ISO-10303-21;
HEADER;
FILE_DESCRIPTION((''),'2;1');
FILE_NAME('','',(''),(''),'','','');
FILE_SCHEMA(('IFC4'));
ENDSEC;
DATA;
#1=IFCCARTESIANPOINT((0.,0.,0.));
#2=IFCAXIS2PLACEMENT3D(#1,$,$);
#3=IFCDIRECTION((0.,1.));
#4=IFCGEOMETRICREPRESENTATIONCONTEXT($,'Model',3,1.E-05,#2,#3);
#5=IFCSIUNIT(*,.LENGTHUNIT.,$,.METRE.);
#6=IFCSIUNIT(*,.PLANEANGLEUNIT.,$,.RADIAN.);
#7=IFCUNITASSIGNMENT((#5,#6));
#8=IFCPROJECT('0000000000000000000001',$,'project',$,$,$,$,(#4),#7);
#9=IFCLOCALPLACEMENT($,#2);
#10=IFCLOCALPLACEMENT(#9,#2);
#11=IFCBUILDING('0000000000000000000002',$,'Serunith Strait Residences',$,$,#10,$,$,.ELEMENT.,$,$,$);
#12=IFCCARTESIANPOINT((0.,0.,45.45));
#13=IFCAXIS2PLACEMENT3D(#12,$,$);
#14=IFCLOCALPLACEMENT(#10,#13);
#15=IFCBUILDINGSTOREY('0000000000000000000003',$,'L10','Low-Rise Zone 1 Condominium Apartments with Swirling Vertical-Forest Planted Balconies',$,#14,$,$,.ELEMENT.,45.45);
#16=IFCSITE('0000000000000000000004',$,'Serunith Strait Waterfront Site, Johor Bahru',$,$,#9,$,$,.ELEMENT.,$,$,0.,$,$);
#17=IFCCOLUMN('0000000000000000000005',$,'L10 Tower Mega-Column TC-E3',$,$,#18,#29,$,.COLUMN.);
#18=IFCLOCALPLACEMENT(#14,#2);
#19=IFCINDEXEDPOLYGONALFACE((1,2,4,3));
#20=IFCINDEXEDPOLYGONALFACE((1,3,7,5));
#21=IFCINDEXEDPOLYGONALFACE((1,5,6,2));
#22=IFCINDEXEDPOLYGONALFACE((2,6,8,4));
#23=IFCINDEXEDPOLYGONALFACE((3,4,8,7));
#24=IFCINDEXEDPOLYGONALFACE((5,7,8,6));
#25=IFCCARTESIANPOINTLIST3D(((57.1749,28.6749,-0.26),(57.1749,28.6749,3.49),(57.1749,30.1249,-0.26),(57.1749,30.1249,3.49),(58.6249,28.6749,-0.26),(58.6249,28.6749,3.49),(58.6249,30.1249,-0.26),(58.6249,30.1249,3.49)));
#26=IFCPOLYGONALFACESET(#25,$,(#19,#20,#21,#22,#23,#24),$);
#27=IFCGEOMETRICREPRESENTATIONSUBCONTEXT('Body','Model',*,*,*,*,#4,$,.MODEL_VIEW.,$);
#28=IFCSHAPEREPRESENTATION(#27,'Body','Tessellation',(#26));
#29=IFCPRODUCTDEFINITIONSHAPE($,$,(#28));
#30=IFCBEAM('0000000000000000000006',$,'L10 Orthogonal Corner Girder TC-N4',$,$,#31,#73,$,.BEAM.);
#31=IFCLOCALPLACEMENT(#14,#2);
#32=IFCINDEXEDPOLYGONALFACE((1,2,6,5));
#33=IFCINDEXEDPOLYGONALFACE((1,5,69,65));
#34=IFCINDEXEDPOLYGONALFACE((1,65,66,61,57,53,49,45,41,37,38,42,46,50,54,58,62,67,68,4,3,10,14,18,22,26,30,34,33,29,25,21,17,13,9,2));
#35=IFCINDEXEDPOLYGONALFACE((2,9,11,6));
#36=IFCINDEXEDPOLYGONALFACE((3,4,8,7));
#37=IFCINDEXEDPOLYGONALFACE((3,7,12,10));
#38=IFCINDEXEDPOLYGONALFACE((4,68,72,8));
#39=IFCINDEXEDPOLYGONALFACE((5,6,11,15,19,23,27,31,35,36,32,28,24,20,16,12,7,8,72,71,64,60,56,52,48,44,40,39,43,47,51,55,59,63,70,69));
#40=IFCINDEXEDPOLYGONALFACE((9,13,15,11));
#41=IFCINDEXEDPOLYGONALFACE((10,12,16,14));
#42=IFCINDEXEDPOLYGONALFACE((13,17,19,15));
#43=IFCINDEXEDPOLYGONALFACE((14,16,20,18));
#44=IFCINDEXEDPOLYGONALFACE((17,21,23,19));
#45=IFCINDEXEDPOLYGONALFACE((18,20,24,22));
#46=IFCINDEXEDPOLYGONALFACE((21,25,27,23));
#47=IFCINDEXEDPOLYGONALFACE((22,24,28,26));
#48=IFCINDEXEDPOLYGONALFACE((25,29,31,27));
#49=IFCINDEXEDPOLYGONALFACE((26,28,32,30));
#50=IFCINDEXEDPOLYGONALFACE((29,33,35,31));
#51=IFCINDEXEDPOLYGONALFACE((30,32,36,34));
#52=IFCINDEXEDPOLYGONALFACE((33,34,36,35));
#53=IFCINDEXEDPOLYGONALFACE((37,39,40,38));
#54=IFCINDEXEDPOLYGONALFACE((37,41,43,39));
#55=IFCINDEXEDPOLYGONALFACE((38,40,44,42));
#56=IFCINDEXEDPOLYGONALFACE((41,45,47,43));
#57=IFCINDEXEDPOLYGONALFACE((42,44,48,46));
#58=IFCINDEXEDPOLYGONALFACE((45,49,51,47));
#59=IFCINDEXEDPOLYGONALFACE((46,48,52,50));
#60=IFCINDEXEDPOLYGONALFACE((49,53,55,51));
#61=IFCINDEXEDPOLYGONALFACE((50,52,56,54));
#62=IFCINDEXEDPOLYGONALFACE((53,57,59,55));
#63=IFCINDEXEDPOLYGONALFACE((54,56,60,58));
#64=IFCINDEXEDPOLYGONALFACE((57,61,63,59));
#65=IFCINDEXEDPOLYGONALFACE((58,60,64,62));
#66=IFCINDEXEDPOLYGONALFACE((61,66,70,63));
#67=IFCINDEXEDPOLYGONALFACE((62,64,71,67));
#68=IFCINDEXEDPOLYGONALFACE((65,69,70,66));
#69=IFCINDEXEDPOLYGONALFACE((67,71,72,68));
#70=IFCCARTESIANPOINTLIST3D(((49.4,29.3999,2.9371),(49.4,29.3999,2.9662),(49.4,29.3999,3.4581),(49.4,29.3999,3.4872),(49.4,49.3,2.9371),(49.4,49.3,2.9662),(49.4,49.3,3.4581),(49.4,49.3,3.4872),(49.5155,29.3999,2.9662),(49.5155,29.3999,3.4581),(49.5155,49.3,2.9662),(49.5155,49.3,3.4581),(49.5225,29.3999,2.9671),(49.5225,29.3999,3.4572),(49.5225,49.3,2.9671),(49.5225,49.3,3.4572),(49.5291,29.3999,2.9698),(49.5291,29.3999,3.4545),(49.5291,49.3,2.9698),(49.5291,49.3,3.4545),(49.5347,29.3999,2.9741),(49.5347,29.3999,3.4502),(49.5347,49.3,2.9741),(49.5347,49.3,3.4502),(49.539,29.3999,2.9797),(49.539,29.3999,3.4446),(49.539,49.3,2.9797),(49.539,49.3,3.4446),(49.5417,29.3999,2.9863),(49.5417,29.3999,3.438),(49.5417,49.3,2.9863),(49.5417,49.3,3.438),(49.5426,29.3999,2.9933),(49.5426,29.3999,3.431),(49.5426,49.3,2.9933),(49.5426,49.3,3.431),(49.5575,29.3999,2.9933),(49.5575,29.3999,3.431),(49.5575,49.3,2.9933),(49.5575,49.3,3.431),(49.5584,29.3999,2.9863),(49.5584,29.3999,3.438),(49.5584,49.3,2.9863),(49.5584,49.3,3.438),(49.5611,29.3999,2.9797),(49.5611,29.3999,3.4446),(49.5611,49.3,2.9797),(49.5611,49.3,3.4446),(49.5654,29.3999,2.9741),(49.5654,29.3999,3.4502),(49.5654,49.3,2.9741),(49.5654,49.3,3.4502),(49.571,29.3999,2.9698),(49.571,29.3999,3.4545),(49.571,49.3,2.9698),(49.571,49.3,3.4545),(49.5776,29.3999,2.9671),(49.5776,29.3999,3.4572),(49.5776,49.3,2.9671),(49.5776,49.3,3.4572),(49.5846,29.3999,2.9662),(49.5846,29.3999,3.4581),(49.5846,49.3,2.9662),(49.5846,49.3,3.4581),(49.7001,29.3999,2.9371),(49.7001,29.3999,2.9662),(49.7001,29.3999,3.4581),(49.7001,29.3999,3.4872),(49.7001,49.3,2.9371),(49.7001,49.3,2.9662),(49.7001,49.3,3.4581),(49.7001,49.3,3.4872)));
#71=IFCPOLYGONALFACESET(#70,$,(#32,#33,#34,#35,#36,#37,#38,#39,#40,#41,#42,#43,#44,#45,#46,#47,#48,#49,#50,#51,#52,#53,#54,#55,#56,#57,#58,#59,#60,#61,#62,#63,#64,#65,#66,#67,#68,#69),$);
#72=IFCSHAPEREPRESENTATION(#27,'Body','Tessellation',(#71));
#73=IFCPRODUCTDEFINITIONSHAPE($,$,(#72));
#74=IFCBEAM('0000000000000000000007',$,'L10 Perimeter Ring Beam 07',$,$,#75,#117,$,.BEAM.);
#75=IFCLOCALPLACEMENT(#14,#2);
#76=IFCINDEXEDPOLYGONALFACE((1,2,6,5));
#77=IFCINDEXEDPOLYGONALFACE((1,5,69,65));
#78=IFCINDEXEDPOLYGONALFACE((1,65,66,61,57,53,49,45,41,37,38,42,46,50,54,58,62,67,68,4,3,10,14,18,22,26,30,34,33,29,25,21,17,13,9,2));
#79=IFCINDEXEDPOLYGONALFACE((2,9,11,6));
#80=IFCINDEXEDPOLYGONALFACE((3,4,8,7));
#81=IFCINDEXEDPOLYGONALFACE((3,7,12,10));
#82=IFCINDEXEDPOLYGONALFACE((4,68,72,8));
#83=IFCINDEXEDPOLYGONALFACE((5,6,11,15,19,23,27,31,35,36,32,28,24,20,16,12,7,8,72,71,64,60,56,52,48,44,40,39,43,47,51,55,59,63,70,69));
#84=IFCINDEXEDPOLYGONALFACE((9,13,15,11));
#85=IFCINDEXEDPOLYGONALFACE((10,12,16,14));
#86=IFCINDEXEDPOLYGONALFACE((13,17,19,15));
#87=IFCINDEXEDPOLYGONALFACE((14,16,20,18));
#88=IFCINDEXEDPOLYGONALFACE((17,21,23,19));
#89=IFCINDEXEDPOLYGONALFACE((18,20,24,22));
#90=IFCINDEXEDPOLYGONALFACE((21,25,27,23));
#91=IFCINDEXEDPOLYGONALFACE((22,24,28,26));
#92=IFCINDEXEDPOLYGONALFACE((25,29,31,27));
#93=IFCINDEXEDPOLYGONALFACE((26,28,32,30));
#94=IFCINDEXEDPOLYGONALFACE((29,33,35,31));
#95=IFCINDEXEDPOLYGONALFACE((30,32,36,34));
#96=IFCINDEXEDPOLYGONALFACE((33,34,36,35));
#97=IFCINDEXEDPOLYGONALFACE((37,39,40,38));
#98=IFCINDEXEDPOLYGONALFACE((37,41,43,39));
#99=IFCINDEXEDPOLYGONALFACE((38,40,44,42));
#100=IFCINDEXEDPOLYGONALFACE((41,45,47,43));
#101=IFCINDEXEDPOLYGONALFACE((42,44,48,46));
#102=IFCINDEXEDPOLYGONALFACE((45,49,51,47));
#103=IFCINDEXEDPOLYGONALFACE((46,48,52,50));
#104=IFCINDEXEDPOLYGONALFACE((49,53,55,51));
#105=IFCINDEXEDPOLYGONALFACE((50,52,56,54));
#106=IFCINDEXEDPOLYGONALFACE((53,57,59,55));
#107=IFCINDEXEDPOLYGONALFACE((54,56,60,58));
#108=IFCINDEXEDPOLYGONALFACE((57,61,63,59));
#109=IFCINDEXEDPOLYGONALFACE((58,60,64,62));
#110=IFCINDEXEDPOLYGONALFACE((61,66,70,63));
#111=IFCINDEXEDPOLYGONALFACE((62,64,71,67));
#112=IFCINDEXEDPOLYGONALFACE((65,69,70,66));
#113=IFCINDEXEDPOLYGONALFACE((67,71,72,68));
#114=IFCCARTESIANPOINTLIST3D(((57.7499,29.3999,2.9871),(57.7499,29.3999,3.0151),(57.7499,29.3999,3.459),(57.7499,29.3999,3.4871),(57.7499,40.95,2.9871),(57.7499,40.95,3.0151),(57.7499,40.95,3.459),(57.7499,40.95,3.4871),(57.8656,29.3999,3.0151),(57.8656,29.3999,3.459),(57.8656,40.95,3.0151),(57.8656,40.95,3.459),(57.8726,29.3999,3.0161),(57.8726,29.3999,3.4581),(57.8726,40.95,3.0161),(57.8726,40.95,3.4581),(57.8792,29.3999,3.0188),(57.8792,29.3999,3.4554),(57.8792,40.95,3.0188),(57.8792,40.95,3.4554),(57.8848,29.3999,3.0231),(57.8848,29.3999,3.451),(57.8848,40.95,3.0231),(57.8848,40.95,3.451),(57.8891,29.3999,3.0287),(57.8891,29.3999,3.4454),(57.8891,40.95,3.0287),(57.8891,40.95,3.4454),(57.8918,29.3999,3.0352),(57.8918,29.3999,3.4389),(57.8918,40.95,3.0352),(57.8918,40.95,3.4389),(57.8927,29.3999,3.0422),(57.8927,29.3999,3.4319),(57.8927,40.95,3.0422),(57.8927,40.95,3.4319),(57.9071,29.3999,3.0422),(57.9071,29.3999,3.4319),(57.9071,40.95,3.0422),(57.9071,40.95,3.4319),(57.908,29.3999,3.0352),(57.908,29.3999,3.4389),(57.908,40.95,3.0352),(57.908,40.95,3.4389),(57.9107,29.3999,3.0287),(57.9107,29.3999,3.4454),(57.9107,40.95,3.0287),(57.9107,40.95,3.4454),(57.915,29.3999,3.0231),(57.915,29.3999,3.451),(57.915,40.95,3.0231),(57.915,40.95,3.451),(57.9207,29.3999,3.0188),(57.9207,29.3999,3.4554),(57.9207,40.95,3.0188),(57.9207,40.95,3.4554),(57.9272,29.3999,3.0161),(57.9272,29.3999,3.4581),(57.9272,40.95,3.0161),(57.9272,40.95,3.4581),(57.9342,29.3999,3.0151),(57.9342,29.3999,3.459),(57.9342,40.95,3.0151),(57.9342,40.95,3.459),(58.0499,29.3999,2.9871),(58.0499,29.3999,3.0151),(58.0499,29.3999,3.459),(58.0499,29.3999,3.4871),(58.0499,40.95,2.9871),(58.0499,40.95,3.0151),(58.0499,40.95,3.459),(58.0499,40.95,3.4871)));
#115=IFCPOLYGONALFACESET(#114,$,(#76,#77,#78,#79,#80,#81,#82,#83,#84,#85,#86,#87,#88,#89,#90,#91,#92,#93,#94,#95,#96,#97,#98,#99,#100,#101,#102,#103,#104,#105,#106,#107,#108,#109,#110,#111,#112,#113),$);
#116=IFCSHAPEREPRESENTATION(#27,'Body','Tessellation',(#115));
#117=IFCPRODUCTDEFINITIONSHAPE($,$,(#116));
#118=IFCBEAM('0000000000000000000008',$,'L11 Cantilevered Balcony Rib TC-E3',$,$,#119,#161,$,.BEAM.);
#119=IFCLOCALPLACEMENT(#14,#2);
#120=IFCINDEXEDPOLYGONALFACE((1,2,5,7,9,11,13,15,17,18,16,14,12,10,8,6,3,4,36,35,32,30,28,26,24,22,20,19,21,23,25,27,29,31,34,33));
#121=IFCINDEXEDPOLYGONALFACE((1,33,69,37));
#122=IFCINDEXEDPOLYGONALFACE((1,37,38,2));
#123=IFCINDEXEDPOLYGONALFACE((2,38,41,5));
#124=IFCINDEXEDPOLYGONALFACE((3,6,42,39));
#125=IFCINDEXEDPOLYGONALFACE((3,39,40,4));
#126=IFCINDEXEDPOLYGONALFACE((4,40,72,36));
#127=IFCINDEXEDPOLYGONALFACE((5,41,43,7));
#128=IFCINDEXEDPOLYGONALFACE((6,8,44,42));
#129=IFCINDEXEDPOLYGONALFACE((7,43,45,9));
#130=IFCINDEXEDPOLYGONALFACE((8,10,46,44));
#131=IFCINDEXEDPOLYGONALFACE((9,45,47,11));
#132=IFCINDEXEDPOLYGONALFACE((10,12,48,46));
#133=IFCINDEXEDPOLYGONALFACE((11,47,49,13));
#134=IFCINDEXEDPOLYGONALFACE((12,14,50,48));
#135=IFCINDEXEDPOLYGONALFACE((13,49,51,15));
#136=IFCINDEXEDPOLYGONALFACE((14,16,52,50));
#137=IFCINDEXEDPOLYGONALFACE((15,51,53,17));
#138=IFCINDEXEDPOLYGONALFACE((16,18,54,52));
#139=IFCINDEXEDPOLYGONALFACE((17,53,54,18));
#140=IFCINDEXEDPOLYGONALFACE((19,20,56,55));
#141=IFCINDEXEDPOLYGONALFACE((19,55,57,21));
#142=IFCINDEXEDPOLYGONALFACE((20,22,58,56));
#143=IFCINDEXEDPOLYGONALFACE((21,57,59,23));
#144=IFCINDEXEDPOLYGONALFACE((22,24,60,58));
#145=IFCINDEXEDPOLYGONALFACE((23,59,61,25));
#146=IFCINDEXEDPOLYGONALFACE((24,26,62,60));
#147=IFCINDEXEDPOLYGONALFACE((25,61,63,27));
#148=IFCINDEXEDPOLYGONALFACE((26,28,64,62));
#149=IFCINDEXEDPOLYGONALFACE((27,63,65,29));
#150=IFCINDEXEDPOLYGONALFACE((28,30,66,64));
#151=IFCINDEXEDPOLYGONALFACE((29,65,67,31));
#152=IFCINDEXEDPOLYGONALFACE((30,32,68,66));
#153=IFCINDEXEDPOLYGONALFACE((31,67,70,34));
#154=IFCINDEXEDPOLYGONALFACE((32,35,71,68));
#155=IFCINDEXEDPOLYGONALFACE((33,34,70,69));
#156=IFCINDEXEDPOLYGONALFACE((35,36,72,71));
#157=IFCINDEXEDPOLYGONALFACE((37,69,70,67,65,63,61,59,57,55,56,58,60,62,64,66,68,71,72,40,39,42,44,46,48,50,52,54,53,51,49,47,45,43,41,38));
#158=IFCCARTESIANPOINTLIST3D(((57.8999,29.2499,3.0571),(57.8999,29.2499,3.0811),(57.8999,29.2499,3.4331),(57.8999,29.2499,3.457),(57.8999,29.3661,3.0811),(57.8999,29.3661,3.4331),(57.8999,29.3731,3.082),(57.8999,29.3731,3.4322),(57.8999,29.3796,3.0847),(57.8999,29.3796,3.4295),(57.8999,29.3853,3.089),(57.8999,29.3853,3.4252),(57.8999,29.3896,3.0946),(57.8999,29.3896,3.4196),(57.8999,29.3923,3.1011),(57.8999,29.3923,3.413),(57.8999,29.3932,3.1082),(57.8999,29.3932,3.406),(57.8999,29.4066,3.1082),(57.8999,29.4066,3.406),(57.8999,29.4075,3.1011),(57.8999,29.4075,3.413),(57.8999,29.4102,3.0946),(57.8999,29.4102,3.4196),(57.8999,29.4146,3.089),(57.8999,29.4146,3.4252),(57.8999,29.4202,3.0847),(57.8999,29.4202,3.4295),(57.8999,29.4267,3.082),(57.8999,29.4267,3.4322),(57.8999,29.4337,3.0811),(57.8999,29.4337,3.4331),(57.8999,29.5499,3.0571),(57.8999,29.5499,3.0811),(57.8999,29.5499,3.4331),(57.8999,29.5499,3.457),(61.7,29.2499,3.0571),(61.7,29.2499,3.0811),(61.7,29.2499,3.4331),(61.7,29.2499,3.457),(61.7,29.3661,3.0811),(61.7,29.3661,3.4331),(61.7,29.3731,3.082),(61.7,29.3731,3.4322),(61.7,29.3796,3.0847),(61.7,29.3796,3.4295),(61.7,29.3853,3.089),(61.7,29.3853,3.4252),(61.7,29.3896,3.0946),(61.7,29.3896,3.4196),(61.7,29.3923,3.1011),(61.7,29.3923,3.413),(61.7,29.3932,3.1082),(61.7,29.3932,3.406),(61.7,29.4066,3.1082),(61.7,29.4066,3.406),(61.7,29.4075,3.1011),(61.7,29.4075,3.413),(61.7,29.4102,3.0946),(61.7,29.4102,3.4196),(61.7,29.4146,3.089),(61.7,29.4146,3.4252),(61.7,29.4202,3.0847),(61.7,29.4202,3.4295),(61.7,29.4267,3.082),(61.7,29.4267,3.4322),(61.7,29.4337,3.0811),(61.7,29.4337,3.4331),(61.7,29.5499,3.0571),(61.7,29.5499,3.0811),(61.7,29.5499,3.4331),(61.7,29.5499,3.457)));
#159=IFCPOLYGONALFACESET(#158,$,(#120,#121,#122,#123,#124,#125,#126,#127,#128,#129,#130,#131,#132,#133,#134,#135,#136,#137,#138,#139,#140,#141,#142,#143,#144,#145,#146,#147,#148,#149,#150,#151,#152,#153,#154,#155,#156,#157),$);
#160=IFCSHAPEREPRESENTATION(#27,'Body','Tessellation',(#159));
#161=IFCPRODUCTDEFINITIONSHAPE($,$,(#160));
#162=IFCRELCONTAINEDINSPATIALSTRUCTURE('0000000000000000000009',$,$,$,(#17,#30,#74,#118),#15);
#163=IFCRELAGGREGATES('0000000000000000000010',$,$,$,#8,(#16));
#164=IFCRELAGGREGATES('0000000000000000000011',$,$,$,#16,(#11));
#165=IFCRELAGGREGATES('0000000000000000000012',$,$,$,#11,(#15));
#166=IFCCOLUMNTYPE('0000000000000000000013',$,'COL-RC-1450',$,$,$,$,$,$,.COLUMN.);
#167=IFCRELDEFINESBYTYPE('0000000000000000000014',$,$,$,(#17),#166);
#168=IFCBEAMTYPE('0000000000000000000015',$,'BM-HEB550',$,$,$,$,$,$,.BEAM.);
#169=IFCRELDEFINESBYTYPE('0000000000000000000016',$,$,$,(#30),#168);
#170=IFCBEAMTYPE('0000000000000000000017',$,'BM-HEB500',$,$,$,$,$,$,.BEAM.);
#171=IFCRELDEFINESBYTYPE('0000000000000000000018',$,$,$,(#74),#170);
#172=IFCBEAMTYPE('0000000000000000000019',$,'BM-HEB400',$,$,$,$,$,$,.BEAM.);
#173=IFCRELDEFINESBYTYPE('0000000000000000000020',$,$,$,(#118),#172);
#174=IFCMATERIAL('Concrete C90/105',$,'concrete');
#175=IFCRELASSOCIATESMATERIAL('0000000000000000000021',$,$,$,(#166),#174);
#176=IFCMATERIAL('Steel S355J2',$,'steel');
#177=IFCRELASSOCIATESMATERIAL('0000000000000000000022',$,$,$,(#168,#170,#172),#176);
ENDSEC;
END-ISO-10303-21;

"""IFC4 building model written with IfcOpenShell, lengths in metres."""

from ifc_helpers import new_model, si_unit, direction, frame, origin, origin_2d, place, context, subcontext, project, spatial, rectangle, i_section, extrude, source, transform, mapped, material, material_profile, profile_set, type_object, element, save


model = new_model("IFC4")

# Units and contexts
model_context = context("Model", 3, precision=1e-05, world=origin(), true_north=direction((0.0, 1.0)))
body_context = subcontext(model_context, "Body", "Model", "MODEL_VIEW")
ifc_project = project(units=[si_unit("LENGTHUNIT", "METRE"), si_unit("PLANEANGLEUNIT", "RADIAN")], contexts=[model_context])

# Site, building, storey
site_placement = place(None, origin())
site = spatial("IfcSite", under=ifc_project, at=site_placement, Name="Serunith Strait Waterfront Site, Johor Bahru", CompositionType="ELEMENT", RefElevation=0.0)
building_placement = place(site_placement, origin())
building = spatial("IfcBuilding", under=site, at=building_placement, Name="Serunith Strait Residences", CompositionType="ELEMENT")
storey_placement = place(building_placement, frame((0.0, 0.0, 45.45)))
storey = spatial("IfcBuildingStorey", under=building, at=storey_placement, Name="L10", Description="Low-Rise Zone 1 Condominium Apartments with Swirling Vertical-Forest Planted Balconies", CompositionType="ELEMENT", Elevation=45.45)

# Column
ifc_material_1 = material(Name="Concrete C90/105", Category="concrete")
ifc_material_profile_1 = material_profile(ifc_material_1, rectangle(XDim=1.45, YDim=1.45, at=origin_2d()), Name="RC 1450x1450")
ifc_profile_set_1 = profile_set([ifc_material_profile_1], Name="Concrete C90/105")
column_type = type_object("IfcColumnType", Name="COL-RC-1450", PredefinedType="COLUMN", material=ifc_profile_set_1)
shared_shape_1 = source(origin(), body_context, "Body", "SweptSolid", [
    extrude(rectangle(XDim=1.45, YDim=1.45, at=origin_2d()), origin(), (0.0, 0.0, 1.0), 3.75),
])
column_placement = place(storey_placement, frame((57.8999, 29.3999, -0.26), z_axis=(0.0, 0.0, 1.0), x_axis=(1.0, 0.0, 0.0)))
element("IfcColumn", 1, at=column_placement, inside=storey, type_object=column_type, Name="L10 Tower Mega-Column TC-E3", PredefinedType="COLUMN", context=body_context, shape_type="MappedRepresentation", body=[
    mapped(shared_shape_1, transform((0.0, 0.0, 0.0), scale=1.0)),
])

# Beams
ifc_material_2 = material(Name="Steel S355J2", Category="steel")
ifc_material_profile_2 = material_profile(ifc_material_2, i_section(OverallWidth=0.3, OverallDepth=0.55, WebThickness=0.0149, FlangeThickness=0.0291, FilletRadius=0.0271, at=origin_2d()), Name="HEB 550")
ifc_profile_set_2 = profile_set([ifc_material_profile_2], Name="Steel S355J2")
beam_type_1 = type_object("IfcBeamType", Name="BM-HEB550", PredefinedType="BEAM", material=ifc_profile_set_2)
shared_shape_2 = source(origin(), body_context, "Body", "SweptSolid", [
    extrude(i_section(OverallWidth=0.3, OverallDepth=0.55, WebThickness=0.0149, FlangeThickness=0.0291, FilletRadius=0.0271, at=origin_2d()), origin(), (0.0, 0.0, 1.0), 19.9001),
])
beam_1_placement = place(storey_placement, frame((49.55, 29.3999, 3.2122), z_axis=(0.0, 1.0, 0.0), x_axis=(-1.0, 0.0, 0.0)))
element("IfcBeam", 2, at=beam_1_placement, inside=storey, type_object=beam_type_1, Name="L10 Orthogonal Corner Girder TC-N4", PredefinedType="BEAM", context=body_context, shape_type="MappedRepresentation", body=[
    mapped(shared_shape_2, transform((0.0, 0.0, 0.0), scale=1.0)),
])
ifc_material_profile_3 = material_profile(ifc_material_2, i_section(OverallWidth=0.3, OverallDepth=0.5, WebThickness=0.0144, FlangeThickness=0.0281, FilletRadius=0.0271, at=origin_2d()), Name="HEB 500")
ifc_profile_set_3 = profile_set([ifc_material_profile_3], Name="Steel S355J2")
beam_type_2 = type_object("IfcBeamType", Name="BM-HEB500", PredefinedType="BEAM", material=ifc_profile_set_3)
shared_shape_3 = source(origin(), body_context, "Body", "SweptSolid", [
    extrude(i_section(OverallWidth=0.3, OverallDepth=0.5, WebThickness=0.0144, FlangeThickness=0.0281, FilletRadius=0.0271, at=origin_2d()), origin(), (0.0, 0.0, 1.0), 11.55),
])
beam_2_placement = place(storey_placement, frame((57.8999, 29.3999, 3.2371), z_axis=(0.0, 1.0, 0.0), x_axis=(-1.0, 0.0, 0.0)))
element("IfcBeam", 3, at=beam_2_placement, inside=storey, type_object=beam_type_2, Name="L10 Perimeter Ring Beam 07", PredefinedType="BEAM", context=body_context, shape_type="MappedRepresentation", body=[
    mapped(shared_shape_3, transform((0.0, 0.0, 0.0), scale=1.0)),
])
ifc_material_profile_4 = material_profile(ifc_material_2, i_section(OverallWidth=0.3, OverallDepth=0.3999, WebThickness=0.0134, FlangeThickness=0.0239, FilletRadius=0.0271, at=origin_2d()), Name="HEB 400")
ifc_profile_set_4 = profile_set([ifc_material_profile_4], Name="Steel S355J2")
beam_type_3 = type_object("IfcBeamType", Name="BM-HEB400", PredefinedType="BEAM", material=ifc_profile_set_4)
shared_shape_4 = source(origin(), body_context, "Body", "SweptSolid", [
    extrude(i_section(OverallWidth=0.3, OverallDepth=0.3999, WebThickness=0.0134, FlangeThickness=0.0239, FilletRadius=0.0271, at=origin_2d()), origin(), (0.0, 0.0, 1.0), 3.8),
])
beam_3_placement = place(storey_placement, frame((57.8999, 29.3999, 3.2571), z_axis=(1.0, 0.0, 0.0), x_axis=(0.0, 1.0, 0.0)))
element("IfcBeam", 4, at=beam_3_placement, inside=storey, type_object=beam_type_3, Name="L11 Cantilevered Balcony Rib TC-E3", PredefinedType="BEAM", context=body_context, shape_type="MappedRepresentation", body=[
    mapped(shared_shape_4, transform((0.0, 0.0, 0.0), scale=1.0)),
])

save(model, "model.ifc")
